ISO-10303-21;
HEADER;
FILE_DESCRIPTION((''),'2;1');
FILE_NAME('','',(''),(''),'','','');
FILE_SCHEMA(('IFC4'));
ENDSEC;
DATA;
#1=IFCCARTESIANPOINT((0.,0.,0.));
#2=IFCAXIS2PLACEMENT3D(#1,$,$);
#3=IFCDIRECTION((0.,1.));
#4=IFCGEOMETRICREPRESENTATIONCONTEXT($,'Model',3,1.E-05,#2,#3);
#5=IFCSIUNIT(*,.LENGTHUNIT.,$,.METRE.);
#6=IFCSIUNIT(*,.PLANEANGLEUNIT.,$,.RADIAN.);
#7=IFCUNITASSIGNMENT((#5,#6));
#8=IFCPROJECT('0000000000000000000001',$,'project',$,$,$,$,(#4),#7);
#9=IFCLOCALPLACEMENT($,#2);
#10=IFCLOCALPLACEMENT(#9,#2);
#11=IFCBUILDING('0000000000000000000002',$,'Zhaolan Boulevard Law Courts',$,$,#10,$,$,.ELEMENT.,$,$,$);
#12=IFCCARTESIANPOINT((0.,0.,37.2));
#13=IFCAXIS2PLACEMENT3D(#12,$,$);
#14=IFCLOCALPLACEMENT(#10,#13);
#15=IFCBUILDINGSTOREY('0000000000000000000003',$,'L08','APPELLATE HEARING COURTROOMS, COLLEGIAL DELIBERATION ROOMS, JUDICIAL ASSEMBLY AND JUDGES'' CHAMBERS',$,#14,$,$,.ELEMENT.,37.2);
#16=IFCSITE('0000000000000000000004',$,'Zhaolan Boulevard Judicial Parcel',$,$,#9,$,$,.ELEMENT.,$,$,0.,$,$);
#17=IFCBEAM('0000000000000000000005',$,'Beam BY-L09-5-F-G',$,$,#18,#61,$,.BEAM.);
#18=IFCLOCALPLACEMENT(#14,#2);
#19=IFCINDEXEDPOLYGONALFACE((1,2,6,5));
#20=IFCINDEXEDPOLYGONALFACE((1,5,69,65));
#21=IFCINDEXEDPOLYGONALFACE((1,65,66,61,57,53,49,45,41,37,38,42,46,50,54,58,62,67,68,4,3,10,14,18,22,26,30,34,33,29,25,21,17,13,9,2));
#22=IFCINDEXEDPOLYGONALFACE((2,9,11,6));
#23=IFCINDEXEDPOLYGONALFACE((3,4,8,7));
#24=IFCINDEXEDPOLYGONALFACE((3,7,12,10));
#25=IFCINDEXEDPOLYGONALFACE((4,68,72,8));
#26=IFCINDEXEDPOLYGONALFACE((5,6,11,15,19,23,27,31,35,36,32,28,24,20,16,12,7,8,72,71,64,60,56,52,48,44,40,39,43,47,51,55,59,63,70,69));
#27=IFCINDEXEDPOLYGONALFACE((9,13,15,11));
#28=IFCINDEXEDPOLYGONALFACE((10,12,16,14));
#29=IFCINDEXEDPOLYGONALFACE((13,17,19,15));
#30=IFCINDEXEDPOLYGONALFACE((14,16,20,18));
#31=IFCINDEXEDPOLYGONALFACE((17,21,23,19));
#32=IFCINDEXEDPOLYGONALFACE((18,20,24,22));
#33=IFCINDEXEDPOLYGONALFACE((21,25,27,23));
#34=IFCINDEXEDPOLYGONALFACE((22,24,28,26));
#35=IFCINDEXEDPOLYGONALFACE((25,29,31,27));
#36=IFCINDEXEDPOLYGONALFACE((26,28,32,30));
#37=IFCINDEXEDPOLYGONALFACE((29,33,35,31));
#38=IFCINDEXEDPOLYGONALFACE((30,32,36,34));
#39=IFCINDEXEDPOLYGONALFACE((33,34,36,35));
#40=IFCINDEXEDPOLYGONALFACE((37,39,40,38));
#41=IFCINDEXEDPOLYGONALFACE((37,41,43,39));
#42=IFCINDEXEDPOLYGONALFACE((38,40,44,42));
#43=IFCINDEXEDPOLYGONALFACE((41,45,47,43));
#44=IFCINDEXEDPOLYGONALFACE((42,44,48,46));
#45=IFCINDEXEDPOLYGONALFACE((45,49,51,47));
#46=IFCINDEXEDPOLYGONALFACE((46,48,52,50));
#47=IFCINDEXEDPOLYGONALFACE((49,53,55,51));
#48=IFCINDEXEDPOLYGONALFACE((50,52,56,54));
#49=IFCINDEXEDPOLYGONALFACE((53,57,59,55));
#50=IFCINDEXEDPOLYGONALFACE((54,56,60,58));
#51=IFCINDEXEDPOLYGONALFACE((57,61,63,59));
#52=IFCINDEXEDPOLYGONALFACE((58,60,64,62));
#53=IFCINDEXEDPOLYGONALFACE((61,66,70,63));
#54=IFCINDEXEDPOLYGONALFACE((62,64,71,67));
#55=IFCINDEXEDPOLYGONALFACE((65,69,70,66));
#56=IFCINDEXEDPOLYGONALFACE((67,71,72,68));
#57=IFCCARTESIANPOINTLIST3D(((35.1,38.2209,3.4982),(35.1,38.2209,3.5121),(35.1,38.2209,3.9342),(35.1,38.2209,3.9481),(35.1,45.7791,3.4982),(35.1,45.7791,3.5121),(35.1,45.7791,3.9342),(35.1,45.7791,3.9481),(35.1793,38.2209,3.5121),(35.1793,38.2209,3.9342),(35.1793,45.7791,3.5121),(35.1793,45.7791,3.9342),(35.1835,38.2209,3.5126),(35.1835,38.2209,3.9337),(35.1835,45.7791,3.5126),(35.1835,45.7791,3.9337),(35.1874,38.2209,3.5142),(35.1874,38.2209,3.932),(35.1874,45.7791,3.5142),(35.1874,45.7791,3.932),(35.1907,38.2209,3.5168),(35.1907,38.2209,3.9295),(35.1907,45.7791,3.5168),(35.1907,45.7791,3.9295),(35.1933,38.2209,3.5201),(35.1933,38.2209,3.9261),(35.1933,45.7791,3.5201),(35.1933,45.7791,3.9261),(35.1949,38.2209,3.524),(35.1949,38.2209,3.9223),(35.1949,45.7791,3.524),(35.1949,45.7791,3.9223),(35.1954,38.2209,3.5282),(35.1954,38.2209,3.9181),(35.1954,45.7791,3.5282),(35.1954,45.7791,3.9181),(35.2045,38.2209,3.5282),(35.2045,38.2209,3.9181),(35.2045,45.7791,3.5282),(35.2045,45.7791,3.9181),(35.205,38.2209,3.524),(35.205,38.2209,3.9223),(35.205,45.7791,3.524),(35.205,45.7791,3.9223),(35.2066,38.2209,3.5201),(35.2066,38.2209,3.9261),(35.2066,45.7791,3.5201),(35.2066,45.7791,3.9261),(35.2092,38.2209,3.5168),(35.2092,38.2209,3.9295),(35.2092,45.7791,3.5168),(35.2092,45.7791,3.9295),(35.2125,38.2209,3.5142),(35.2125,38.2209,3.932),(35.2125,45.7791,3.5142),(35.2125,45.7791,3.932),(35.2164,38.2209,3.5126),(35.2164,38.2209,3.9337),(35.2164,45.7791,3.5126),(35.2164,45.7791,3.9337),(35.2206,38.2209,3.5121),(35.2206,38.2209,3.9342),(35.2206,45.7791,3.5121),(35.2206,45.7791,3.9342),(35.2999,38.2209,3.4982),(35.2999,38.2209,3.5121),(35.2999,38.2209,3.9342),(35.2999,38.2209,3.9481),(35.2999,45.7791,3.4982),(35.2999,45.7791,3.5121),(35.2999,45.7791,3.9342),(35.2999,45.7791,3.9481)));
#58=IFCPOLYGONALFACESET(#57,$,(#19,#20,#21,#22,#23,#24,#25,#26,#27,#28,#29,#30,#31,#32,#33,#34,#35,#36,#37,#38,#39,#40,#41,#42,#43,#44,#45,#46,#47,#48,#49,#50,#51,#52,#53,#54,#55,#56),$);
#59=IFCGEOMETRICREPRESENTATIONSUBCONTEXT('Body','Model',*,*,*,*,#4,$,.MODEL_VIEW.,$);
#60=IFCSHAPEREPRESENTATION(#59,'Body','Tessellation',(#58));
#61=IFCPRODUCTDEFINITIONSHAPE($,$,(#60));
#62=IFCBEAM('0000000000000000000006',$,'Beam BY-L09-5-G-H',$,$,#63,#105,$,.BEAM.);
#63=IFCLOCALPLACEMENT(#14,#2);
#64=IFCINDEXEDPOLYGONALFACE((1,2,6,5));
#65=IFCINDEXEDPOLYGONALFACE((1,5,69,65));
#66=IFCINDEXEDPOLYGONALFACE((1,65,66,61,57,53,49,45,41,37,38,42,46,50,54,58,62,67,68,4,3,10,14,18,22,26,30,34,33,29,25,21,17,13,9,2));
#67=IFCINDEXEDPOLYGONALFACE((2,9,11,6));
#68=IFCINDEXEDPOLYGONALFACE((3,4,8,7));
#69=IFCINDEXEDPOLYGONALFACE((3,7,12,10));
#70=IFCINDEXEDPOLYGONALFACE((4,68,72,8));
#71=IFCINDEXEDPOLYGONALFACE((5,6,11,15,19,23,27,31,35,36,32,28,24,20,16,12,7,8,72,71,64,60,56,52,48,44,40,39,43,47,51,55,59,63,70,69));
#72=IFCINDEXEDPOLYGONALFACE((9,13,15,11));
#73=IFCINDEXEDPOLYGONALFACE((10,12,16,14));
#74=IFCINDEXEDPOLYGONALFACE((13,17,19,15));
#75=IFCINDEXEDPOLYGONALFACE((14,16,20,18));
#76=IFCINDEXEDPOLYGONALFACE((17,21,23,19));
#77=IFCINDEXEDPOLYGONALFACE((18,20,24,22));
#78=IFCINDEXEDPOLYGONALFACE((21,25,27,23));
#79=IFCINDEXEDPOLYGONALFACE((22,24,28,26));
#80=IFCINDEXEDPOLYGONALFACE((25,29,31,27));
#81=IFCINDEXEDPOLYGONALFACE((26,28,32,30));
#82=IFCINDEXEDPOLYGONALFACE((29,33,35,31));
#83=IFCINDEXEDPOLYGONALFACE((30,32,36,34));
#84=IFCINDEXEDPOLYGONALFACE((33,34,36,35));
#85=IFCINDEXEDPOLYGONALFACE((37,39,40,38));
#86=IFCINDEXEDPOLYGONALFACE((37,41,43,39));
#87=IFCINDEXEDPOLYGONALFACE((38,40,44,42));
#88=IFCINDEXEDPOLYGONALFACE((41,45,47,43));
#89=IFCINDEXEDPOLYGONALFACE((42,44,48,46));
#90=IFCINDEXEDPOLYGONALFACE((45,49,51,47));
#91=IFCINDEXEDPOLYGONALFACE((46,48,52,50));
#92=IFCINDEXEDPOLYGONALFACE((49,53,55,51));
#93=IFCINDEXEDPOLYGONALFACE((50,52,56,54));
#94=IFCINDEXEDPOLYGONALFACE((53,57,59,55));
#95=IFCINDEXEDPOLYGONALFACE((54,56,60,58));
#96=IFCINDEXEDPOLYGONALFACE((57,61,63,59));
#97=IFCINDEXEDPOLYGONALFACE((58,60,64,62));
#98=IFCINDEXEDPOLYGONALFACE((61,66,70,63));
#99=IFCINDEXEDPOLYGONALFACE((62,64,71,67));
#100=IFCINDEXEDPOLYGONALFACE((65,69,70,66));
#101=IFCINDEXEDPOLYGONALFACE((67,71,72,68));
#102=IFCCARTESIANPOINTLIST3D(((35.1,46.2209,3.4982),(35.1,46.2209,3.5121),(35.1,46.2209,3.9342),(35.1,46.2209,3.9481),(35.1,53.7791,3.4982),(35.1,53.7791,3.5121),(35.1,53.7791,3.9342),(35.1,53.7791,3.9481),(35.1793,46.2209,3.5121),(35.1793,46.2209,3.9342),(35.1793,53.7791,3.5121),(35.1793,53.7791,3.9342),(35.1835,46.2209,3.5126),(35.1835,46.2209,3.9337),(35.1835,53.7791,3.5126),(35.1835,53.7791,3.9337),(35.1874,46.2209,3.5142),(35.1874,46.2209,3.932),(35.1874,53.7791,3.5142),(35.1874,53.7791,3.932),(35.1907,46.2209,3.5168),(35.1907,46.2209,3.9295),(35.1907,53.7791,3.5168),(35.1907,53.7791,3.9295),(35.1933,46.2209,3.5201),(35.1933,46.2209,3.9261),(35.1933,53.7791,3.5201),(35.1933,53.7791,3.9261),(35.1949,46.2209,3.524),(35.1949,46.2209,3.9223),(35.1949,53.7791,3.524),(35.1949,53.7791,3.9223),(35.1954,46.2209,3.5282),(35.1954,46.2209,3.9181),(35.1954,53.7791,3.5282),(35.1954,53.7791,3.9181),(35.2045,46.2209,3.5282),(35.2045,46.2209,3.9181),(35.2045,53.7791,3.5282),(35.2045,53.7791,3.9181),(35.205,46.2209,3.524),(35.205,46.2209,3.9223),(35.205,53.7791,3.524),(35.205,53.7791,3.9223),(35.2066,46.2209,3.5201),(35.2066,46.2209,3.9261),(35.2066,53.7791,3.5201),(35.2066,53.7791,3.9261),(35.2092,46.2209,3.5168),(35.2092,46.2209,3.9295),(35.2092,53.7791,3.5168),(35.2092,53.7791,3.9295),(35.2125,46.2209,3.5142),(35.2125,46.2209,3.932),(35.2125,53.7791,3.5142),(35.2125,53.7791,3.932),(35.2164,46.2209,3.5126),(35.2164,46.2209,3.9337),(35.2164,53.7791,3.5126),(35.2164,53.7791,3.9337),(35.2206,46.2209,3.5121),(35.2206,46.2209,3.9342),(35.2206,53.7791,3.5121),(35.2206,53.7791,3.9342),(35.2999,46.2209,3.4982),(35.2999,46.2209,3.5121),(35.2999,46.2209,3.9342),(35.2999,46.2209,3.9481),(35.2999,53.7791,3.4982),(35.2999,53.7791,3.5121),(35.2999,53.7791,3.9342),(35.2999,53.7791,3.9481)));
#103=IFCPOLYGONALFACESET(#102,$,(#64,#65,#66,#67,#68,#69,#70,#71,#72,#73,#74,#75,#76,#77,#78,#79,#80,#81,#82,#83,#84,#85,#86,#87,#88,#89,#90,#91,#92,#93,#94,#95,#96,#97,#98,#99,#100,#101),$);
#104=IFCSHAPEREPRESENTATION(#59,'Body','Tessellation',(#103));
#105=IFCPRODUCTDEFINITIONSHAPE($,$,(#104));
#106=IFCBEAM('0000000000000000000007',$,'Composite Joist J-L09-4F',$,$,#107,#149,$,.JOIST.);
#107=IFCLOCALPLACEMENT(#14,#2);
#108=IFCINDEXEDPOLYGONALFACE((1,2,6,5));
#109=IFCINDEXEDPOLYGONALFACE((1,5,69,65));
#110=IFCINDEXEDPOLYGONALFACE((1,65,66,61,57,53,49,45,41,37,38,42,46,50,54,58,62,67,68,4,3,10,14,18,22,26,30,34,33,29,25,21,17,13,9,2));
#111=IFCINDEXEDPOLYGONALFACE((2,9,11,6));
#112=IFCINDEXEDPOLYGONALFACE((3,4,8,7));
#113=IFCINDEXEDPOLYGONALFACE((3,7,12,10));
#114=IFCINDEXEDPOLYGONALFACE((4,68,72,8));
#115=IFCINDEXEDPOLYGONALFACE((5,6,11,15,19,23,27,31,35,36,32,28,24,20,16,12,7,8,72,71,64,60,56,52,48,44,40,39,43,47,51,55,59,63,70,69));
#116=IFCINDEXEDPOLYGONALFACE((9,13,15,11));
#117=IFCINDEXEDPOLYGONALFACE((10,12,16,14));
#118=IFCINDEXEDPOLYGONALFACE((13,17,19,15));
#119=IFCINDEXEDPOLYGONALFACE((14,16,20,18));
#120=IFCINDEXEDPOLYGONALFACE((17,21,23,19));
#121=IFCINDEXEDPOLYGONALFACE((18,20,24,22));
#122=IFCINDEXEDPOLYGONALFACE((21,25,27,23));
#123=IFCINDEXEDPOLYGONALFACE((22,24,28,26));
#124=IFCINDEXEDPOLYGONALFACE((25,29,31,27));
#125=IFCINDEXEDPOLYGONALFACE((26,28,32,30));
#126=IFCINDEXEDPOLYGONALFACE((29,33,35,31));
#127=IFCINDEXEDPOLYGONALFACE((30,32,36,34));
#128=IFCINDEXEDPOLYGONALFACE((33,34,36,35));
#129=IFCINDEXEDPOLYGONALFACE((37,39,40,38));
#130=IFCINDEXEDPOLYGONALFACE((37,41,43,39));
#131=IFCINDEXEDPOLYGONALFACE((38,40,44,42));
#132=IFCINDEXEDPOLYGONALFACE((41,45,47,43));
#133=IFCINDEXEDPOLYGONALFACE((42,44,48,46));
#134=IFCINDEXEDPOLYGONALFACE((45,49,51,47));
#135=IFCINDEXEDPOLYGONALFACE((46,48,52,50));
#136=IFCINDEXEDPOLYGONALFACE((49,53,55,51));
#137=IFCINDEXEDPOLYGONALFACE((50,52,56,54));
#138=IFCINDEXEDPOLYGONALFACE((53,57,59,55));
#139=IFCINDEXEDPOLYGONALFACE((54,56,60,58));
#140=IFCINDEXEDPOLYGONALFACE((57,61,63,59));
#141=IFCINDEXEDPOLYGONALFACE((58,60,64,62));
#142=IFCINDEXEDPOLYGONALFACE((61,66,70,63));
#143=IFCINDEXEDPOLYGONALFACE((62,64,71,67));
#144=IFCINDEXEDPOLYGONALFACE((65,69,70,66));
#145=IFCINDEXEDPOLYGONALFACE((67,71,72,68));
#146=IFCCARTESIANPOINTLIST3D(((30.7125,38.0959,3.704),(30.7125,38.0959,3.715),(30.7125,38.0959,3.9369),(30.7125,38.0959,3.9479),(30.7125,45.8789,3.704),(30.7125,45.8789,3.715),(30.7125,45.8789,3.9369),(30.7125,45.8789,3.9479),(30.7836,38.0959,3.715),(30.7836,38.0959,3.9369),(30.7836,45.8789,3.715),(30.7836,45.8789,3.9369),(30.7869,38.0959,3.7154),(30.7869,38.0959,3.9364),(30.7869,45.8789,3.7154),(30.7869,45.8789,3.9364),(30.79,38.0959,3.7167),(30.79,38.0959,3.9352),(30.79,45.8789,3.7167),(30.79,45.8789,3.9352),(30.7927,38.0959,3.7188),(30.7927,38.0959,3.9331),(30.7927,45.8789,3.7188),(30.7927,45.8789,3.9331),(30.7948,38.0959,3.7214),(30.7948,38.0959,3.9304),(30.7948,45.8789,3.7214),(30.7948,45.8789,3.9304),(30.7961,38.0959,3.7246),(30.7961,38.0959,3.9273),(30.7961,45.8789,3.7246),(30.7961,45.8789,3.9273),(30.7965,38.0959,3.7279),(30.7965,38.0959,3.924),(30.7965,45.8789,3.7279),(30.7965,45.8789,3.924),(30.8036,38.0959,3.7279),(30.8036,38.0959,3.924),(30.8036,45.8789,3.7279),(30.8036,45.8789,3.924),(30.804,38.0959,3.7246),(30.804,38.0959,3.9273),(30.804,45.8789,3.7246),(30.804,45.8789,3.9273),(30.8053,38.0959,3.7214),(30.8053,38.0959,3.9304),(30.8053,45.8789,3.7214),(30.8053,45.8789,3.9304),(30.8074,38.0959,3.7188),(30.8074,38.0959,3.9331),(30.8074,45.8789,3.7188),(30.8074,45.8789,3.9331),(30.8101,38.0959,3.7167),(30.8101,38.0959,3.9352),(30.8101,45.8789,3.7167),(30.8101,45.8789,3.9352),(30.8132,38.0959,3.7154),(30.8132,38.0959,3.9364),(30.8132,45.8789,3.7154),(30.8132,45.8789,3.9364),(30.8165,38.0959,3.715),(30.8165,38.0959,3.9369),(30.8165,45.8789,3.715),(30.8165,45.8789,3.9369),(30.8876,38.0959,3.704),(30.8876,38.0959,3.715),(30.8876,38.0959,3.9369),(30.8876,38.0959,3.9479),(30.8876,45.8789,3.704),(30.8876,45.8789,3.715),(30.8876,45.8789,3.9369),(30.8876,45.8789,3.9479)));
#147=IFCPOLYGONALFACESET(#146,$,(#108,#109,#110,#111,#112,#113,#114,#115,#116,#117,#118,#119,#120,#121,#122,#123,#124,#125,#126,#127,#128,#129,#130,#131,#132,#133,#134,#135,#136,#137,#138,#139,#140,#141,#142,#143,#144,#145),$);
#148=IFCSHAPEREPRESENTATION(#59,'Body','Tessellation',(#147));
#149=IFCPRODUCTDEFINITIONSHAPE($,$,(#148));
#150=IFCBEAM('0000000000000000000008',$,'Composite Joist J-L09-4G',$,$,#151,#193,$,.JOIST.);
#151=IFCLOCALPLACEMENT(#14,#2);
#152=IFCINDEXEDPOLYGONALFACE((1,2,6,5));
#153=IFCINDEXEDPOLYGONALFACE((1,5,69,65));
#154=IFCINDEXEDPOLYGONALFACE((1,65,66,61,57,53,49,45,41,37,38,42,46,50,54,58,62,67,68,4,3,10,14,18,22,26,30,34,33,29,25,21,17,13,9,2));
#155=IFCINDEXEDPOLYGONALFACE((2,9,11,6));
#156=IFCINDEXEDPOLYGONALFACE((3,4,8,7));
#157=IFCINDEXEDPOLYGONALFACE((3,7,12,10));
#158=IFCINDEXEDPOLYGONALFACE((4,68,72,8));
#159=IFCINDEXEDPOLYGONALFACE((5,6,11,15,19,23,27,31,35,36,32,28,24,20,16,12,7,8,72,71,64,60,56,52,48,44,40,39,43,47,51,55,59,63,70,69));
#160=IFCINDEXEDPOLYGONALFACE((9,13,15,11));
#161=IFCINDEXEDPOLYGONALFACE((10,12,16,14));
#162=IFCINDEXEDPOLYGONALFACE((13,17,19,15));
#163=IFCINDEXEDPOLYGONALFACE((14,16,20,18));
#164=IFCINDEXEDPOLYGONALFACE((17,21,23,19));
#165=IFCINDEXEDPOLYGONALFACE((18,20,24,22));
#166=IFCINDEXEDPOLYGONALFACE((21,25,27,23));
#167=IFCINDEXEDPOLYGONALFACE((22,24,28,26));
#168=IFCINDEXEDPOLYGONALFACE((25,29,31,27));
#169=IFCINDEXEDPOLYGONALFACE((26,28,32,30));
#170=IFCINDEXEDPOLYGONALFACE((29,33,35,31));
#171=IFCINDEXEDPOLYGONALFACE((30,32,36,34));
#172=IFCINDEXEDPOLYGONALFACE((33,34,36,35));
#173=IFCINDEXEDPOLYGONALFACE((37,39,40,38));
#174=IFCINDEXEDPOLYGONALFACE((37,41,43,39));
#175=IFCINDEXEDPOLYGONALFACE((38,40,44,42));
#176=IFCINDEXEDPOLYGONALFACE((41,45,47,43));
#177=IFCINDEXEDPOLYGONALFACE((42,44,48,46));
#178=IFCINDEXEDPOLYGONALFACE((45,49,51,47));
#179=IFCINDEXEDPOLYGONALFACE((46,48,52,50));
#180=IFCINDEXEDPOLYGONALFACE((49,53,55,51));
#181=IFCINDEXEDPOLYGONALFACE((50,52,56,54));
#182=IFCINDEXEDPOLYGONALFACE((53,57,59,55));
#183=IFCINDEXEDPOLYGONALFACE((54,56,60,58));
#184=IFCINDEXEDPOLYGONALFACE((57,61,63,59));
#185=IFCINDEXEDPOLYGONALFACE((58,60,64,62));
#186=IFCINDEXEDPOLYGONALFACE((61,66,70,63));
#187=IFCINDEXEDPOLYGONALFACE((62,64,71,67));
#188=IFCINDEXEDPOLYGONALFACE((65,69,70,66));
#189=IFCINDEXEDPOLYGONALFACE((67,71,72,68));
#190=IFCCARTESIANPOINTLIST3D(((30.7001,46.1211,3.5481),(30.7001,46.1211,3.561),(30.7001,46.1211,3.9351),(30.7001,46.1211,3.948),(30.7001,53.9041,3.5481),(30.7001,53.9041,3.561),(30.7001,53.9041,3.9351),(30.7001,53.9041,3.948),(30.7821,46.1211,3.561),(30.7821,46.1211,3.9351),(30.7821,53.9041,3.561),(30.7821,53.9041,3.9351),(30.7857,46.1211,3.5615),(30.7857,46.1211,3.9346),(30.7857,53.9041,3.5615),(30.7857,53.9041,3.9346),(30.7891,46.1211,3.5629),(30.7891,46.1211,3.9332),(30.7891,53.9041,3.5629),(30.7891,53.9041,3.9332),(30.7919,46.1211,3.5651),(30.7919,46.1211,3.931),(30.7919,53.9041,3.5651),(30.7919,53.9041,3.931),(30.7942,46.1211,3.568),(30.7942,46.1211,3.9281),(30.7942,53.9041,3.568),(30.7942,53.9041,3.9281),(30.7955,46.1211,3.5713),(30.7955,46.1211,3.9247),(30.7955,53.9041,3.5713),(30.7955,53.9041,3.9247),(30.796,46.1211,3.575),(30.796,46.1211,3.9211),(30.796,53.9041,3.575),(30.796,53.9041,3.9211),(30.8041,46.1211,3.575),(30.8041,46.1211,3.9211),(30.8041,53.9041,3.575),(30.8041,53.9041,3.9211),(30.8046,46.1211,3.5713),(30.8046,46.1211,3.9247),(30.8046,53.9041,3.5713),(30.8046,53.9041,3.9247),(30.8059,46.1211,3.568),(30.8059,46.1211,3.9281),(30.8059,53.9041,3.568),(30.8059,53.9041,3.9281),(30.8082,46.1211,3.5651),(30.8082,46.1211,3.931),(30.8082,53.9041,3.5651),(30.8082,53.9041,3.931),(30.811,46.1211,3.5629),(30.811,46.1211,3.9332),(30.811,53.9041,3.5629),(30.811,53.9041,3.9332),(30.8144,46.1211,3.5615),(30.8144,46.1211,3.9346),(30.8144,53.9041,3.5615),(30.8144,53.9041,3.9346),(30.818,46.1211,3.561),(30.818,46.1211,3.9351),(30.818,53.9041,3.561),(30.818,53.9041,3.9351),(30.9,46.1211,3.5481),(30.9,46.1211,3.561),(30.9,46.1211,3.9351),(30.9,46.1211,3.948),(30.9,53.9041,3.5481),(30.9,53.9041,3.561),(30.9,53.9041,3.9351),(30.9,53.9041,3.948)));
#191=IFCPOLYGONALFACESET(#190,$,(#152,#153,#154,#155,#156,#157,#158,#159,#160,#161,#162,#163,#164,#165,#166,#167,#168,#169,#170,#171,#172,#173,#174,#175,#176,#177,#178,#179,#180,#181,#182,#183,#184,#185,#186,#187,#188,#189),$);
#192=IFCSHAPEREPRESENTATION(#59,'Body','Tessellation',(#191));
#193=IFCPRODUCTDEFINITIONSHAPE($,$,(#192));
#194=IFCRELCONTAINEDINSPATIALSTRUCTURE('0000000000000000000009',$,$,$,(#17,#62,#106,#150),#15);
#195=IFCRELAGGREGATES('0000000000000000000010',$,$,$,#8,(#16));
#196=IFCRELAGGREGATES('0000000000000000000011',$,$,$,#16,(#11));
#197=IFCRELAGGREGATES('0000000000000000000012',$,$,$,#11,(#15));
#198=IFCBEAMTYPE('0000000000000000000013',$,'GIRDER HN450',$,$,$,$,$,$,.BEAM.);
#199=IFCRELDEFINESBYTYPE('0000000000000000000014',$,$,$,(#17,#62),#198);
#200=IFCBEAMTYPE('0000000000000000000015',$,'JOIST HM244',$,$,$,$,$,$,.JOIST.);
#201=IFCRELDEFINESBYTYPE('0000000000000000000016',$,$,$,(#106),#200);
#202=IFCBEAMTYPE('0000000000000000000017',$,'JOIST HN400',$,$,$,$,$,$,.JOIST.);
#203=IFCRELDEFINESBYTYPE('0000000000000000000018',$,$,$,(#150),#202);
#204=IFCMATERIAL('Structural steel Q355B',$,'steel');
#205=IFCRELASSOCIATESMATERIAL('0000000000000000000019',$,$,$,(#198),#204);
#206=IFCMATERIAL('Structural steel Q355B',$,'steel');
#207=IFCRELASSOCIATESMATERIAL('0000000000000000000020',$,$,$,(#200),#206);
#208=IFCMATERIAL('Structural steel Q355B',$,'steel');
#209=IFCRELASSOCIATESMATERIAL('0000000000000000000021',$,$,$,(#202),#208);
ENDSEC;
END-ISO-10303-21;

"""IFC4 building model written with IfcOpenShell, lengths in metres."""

from ifc_helpers import new_model, si_unit, direction, frame, origin, origin_2d, place, context, subcontext, project, spatial, i_section, extrude, material, material_profile, profile_set, type_object, element, save


model = new_model("IFC4")

# Units and contexts
model_context = context("Model", 3, precision=1e-05, world=origin(), true_north=direction((0.0, 1.0)))
body_context = subcontext(model_context, "Body", "Model", "MODEL_VIEW")
ifc_project = project(units=[si_unit("LENGTHUNIT", "METRE"), si_unit("PLANEANGLEUNIT", "RADIAN")], contexts=[model_context])

# Site, building, storey
site_placement = place(None, origin())
site = spatial("IfcSite", under=ifc_project, at=site_placement, Name="Zhaolan Boulevard Judicial Parcel", CompositionType="ELEMENT", RefElevation=0.0)
building_placement = place(site_placement, origin())
building = spatial("IfcBuilding", under=site, at=building_placement, Name="Zhaolan Boulevard Law Courts", CompositionType="ELEMENT")
storey_placement = place(building_placement, frame((0.0, 0.0, 37.2)))
storey = spatial("IfcBuildingStorey", under=building, at=storey_placement, Name="L08", Description="APPELLATE HEARING COURTROOMS, COLLEGIAL DELIBERATION ROOMS, JUDICIAL ASSEMBLY AND JUDGES' CHAMBERS", CompositionType="ELEMENT", Elevation=37.2)

# Beams
ifc_material_1 = material(Name="Structural steel Q355B", Category="steel")
ifc_material_profile_1 = material_profile(ifc_material_1, i_section(OverallWidth=0.2, OverallDepth=0.45, WebThickness=0.009, FlangeThickness=0.0139, FilletRadius=0.0161, at=origin_2d()), Name="HN450x200")
ifc_profile_set_1 = profile_set([ifc_material_profile_1], Name="Structural steel Q355B")
beam_type_1 = type_object("IfcBeamType", Name="GIRDER HN450", PredefinedType="BEAM", material=ifc_profile_set_1)
for number, where, z_axis, x_axis, name in (
    (1, (35.2, 38.2209, 3.7231), (0.0, 1.0, 0.0), (-1.0, 0.0, 0.0), "Beam BY-L09-5-F-G"),
    (2, (35.2, 46.2209, 3.7231), (0.0, 1.0, 0.0), (-1.0, 0.0, 0.0), "Beam BY-L09-5-G-H"),
):
    element("IfcBeam", number, at=place(storey_placement, frame(where, z_axis=z_axis, x_axis=x_axis)), inside=storey, type_object=beam_type_1, Name=name, PredefinedType="BEAM", context=body_context, shape_type="SweptSolid", body=[
        extrude(i_section(OverallWidth=0.2, OverallDepth=0.45, WebThickness=0.009, FlangeThickness=0.0139, FilletRadius=0.0161, at=origin_2d()), origin(), (0.0, 0.0, 1.0), 7.5581),
    ])
ifc_material_2 = material(Name="Structural steel Q355B", Category="steel")
ifc_material_profile_2 = material_profile(ifc_material_2, i_section(OverallWidth=0.175, OverallDepth=0.2439, WebThickness=0.0071, FlangeThickness=0.011, FilletRadius=0.0129, at=origin_2d()), Name="HM244x175")
ifc_profile_set_2 = profile_set([ifc_material_profile_2], Name="Structural steel Q355B")
beam_type_2 = type_object("IfcBeamType", Name="JOIST HM244", PredefinedType="JOIST", material=ifc_profile_set_2)
beam_1_placement = place(storey_placement, frame((30.8, 38.0959, 3.8259), z_axis=(0.0, 1.0, 0.0), x_axis=(-1.0, 0.0, 0.0)))
element("IfcBeam", 3, at=beam_1_placement, inside=storey, type_object=beam_type_2, Name="Composite Joist J-L09-4F", PredefinedType="JOIST", context=body_context, shape_type="SweptSolid", body=[
    extrude(i_section(OverallWidth=0.175, OverallDepth=0.2439, WebThickness=0.0071, FlangeThickness=0.011, FilletRadius=0.0129, at=origin_2d()), origin(), (0.0, 0.0, 1.0), 7.783),
])
ifc_material_3 = material(Name="Structural steel Q355B", Category="steel")
ifc_material_profile_3 = material_profile(ifc_material_3, i_section(OverallWidth=0.2, OverallDepth=0.3999, WebThickness=0.0081, FlangeThickness=0.0129, FilletRadius=0.0139, at=origin_2d()), Name="HN400x200")
ifc_profile_set_3 = profile_set([ifc_material_profile_3], Name="Structural steel Q355B")
beam_type_3 = type_object("IfcBeamType", Name="JOIST HN400", PredefinedType="JOIST", material=ifc_profile_set_3)
beam_2_placement = place(storey_placement, frame((30.8, 46.1211, 3.748), z_axis=(0.0, 1.0, 0.0), x_axis=(-1.0, 0.0, 0.0)))
element("IfcBeam", 4, at=beam_2_placement, inside=storey, type_object=beam_type_3, Name="Composite Joist J-L09-4G", PredefinedType="JOIST", context=body_context, shape_type="SweptSolid", body=[
    extrude(i_section(OverallWidth=0.2, OverallDepth=0.3999, WebThickness=0.0081, FlangeThickness=0.0129, FilletRadius=0.0139, at=origin_2d()), origin(), (0.0, 0.0, 1.0), 7.783),
])

save(model, "model.ifc")
